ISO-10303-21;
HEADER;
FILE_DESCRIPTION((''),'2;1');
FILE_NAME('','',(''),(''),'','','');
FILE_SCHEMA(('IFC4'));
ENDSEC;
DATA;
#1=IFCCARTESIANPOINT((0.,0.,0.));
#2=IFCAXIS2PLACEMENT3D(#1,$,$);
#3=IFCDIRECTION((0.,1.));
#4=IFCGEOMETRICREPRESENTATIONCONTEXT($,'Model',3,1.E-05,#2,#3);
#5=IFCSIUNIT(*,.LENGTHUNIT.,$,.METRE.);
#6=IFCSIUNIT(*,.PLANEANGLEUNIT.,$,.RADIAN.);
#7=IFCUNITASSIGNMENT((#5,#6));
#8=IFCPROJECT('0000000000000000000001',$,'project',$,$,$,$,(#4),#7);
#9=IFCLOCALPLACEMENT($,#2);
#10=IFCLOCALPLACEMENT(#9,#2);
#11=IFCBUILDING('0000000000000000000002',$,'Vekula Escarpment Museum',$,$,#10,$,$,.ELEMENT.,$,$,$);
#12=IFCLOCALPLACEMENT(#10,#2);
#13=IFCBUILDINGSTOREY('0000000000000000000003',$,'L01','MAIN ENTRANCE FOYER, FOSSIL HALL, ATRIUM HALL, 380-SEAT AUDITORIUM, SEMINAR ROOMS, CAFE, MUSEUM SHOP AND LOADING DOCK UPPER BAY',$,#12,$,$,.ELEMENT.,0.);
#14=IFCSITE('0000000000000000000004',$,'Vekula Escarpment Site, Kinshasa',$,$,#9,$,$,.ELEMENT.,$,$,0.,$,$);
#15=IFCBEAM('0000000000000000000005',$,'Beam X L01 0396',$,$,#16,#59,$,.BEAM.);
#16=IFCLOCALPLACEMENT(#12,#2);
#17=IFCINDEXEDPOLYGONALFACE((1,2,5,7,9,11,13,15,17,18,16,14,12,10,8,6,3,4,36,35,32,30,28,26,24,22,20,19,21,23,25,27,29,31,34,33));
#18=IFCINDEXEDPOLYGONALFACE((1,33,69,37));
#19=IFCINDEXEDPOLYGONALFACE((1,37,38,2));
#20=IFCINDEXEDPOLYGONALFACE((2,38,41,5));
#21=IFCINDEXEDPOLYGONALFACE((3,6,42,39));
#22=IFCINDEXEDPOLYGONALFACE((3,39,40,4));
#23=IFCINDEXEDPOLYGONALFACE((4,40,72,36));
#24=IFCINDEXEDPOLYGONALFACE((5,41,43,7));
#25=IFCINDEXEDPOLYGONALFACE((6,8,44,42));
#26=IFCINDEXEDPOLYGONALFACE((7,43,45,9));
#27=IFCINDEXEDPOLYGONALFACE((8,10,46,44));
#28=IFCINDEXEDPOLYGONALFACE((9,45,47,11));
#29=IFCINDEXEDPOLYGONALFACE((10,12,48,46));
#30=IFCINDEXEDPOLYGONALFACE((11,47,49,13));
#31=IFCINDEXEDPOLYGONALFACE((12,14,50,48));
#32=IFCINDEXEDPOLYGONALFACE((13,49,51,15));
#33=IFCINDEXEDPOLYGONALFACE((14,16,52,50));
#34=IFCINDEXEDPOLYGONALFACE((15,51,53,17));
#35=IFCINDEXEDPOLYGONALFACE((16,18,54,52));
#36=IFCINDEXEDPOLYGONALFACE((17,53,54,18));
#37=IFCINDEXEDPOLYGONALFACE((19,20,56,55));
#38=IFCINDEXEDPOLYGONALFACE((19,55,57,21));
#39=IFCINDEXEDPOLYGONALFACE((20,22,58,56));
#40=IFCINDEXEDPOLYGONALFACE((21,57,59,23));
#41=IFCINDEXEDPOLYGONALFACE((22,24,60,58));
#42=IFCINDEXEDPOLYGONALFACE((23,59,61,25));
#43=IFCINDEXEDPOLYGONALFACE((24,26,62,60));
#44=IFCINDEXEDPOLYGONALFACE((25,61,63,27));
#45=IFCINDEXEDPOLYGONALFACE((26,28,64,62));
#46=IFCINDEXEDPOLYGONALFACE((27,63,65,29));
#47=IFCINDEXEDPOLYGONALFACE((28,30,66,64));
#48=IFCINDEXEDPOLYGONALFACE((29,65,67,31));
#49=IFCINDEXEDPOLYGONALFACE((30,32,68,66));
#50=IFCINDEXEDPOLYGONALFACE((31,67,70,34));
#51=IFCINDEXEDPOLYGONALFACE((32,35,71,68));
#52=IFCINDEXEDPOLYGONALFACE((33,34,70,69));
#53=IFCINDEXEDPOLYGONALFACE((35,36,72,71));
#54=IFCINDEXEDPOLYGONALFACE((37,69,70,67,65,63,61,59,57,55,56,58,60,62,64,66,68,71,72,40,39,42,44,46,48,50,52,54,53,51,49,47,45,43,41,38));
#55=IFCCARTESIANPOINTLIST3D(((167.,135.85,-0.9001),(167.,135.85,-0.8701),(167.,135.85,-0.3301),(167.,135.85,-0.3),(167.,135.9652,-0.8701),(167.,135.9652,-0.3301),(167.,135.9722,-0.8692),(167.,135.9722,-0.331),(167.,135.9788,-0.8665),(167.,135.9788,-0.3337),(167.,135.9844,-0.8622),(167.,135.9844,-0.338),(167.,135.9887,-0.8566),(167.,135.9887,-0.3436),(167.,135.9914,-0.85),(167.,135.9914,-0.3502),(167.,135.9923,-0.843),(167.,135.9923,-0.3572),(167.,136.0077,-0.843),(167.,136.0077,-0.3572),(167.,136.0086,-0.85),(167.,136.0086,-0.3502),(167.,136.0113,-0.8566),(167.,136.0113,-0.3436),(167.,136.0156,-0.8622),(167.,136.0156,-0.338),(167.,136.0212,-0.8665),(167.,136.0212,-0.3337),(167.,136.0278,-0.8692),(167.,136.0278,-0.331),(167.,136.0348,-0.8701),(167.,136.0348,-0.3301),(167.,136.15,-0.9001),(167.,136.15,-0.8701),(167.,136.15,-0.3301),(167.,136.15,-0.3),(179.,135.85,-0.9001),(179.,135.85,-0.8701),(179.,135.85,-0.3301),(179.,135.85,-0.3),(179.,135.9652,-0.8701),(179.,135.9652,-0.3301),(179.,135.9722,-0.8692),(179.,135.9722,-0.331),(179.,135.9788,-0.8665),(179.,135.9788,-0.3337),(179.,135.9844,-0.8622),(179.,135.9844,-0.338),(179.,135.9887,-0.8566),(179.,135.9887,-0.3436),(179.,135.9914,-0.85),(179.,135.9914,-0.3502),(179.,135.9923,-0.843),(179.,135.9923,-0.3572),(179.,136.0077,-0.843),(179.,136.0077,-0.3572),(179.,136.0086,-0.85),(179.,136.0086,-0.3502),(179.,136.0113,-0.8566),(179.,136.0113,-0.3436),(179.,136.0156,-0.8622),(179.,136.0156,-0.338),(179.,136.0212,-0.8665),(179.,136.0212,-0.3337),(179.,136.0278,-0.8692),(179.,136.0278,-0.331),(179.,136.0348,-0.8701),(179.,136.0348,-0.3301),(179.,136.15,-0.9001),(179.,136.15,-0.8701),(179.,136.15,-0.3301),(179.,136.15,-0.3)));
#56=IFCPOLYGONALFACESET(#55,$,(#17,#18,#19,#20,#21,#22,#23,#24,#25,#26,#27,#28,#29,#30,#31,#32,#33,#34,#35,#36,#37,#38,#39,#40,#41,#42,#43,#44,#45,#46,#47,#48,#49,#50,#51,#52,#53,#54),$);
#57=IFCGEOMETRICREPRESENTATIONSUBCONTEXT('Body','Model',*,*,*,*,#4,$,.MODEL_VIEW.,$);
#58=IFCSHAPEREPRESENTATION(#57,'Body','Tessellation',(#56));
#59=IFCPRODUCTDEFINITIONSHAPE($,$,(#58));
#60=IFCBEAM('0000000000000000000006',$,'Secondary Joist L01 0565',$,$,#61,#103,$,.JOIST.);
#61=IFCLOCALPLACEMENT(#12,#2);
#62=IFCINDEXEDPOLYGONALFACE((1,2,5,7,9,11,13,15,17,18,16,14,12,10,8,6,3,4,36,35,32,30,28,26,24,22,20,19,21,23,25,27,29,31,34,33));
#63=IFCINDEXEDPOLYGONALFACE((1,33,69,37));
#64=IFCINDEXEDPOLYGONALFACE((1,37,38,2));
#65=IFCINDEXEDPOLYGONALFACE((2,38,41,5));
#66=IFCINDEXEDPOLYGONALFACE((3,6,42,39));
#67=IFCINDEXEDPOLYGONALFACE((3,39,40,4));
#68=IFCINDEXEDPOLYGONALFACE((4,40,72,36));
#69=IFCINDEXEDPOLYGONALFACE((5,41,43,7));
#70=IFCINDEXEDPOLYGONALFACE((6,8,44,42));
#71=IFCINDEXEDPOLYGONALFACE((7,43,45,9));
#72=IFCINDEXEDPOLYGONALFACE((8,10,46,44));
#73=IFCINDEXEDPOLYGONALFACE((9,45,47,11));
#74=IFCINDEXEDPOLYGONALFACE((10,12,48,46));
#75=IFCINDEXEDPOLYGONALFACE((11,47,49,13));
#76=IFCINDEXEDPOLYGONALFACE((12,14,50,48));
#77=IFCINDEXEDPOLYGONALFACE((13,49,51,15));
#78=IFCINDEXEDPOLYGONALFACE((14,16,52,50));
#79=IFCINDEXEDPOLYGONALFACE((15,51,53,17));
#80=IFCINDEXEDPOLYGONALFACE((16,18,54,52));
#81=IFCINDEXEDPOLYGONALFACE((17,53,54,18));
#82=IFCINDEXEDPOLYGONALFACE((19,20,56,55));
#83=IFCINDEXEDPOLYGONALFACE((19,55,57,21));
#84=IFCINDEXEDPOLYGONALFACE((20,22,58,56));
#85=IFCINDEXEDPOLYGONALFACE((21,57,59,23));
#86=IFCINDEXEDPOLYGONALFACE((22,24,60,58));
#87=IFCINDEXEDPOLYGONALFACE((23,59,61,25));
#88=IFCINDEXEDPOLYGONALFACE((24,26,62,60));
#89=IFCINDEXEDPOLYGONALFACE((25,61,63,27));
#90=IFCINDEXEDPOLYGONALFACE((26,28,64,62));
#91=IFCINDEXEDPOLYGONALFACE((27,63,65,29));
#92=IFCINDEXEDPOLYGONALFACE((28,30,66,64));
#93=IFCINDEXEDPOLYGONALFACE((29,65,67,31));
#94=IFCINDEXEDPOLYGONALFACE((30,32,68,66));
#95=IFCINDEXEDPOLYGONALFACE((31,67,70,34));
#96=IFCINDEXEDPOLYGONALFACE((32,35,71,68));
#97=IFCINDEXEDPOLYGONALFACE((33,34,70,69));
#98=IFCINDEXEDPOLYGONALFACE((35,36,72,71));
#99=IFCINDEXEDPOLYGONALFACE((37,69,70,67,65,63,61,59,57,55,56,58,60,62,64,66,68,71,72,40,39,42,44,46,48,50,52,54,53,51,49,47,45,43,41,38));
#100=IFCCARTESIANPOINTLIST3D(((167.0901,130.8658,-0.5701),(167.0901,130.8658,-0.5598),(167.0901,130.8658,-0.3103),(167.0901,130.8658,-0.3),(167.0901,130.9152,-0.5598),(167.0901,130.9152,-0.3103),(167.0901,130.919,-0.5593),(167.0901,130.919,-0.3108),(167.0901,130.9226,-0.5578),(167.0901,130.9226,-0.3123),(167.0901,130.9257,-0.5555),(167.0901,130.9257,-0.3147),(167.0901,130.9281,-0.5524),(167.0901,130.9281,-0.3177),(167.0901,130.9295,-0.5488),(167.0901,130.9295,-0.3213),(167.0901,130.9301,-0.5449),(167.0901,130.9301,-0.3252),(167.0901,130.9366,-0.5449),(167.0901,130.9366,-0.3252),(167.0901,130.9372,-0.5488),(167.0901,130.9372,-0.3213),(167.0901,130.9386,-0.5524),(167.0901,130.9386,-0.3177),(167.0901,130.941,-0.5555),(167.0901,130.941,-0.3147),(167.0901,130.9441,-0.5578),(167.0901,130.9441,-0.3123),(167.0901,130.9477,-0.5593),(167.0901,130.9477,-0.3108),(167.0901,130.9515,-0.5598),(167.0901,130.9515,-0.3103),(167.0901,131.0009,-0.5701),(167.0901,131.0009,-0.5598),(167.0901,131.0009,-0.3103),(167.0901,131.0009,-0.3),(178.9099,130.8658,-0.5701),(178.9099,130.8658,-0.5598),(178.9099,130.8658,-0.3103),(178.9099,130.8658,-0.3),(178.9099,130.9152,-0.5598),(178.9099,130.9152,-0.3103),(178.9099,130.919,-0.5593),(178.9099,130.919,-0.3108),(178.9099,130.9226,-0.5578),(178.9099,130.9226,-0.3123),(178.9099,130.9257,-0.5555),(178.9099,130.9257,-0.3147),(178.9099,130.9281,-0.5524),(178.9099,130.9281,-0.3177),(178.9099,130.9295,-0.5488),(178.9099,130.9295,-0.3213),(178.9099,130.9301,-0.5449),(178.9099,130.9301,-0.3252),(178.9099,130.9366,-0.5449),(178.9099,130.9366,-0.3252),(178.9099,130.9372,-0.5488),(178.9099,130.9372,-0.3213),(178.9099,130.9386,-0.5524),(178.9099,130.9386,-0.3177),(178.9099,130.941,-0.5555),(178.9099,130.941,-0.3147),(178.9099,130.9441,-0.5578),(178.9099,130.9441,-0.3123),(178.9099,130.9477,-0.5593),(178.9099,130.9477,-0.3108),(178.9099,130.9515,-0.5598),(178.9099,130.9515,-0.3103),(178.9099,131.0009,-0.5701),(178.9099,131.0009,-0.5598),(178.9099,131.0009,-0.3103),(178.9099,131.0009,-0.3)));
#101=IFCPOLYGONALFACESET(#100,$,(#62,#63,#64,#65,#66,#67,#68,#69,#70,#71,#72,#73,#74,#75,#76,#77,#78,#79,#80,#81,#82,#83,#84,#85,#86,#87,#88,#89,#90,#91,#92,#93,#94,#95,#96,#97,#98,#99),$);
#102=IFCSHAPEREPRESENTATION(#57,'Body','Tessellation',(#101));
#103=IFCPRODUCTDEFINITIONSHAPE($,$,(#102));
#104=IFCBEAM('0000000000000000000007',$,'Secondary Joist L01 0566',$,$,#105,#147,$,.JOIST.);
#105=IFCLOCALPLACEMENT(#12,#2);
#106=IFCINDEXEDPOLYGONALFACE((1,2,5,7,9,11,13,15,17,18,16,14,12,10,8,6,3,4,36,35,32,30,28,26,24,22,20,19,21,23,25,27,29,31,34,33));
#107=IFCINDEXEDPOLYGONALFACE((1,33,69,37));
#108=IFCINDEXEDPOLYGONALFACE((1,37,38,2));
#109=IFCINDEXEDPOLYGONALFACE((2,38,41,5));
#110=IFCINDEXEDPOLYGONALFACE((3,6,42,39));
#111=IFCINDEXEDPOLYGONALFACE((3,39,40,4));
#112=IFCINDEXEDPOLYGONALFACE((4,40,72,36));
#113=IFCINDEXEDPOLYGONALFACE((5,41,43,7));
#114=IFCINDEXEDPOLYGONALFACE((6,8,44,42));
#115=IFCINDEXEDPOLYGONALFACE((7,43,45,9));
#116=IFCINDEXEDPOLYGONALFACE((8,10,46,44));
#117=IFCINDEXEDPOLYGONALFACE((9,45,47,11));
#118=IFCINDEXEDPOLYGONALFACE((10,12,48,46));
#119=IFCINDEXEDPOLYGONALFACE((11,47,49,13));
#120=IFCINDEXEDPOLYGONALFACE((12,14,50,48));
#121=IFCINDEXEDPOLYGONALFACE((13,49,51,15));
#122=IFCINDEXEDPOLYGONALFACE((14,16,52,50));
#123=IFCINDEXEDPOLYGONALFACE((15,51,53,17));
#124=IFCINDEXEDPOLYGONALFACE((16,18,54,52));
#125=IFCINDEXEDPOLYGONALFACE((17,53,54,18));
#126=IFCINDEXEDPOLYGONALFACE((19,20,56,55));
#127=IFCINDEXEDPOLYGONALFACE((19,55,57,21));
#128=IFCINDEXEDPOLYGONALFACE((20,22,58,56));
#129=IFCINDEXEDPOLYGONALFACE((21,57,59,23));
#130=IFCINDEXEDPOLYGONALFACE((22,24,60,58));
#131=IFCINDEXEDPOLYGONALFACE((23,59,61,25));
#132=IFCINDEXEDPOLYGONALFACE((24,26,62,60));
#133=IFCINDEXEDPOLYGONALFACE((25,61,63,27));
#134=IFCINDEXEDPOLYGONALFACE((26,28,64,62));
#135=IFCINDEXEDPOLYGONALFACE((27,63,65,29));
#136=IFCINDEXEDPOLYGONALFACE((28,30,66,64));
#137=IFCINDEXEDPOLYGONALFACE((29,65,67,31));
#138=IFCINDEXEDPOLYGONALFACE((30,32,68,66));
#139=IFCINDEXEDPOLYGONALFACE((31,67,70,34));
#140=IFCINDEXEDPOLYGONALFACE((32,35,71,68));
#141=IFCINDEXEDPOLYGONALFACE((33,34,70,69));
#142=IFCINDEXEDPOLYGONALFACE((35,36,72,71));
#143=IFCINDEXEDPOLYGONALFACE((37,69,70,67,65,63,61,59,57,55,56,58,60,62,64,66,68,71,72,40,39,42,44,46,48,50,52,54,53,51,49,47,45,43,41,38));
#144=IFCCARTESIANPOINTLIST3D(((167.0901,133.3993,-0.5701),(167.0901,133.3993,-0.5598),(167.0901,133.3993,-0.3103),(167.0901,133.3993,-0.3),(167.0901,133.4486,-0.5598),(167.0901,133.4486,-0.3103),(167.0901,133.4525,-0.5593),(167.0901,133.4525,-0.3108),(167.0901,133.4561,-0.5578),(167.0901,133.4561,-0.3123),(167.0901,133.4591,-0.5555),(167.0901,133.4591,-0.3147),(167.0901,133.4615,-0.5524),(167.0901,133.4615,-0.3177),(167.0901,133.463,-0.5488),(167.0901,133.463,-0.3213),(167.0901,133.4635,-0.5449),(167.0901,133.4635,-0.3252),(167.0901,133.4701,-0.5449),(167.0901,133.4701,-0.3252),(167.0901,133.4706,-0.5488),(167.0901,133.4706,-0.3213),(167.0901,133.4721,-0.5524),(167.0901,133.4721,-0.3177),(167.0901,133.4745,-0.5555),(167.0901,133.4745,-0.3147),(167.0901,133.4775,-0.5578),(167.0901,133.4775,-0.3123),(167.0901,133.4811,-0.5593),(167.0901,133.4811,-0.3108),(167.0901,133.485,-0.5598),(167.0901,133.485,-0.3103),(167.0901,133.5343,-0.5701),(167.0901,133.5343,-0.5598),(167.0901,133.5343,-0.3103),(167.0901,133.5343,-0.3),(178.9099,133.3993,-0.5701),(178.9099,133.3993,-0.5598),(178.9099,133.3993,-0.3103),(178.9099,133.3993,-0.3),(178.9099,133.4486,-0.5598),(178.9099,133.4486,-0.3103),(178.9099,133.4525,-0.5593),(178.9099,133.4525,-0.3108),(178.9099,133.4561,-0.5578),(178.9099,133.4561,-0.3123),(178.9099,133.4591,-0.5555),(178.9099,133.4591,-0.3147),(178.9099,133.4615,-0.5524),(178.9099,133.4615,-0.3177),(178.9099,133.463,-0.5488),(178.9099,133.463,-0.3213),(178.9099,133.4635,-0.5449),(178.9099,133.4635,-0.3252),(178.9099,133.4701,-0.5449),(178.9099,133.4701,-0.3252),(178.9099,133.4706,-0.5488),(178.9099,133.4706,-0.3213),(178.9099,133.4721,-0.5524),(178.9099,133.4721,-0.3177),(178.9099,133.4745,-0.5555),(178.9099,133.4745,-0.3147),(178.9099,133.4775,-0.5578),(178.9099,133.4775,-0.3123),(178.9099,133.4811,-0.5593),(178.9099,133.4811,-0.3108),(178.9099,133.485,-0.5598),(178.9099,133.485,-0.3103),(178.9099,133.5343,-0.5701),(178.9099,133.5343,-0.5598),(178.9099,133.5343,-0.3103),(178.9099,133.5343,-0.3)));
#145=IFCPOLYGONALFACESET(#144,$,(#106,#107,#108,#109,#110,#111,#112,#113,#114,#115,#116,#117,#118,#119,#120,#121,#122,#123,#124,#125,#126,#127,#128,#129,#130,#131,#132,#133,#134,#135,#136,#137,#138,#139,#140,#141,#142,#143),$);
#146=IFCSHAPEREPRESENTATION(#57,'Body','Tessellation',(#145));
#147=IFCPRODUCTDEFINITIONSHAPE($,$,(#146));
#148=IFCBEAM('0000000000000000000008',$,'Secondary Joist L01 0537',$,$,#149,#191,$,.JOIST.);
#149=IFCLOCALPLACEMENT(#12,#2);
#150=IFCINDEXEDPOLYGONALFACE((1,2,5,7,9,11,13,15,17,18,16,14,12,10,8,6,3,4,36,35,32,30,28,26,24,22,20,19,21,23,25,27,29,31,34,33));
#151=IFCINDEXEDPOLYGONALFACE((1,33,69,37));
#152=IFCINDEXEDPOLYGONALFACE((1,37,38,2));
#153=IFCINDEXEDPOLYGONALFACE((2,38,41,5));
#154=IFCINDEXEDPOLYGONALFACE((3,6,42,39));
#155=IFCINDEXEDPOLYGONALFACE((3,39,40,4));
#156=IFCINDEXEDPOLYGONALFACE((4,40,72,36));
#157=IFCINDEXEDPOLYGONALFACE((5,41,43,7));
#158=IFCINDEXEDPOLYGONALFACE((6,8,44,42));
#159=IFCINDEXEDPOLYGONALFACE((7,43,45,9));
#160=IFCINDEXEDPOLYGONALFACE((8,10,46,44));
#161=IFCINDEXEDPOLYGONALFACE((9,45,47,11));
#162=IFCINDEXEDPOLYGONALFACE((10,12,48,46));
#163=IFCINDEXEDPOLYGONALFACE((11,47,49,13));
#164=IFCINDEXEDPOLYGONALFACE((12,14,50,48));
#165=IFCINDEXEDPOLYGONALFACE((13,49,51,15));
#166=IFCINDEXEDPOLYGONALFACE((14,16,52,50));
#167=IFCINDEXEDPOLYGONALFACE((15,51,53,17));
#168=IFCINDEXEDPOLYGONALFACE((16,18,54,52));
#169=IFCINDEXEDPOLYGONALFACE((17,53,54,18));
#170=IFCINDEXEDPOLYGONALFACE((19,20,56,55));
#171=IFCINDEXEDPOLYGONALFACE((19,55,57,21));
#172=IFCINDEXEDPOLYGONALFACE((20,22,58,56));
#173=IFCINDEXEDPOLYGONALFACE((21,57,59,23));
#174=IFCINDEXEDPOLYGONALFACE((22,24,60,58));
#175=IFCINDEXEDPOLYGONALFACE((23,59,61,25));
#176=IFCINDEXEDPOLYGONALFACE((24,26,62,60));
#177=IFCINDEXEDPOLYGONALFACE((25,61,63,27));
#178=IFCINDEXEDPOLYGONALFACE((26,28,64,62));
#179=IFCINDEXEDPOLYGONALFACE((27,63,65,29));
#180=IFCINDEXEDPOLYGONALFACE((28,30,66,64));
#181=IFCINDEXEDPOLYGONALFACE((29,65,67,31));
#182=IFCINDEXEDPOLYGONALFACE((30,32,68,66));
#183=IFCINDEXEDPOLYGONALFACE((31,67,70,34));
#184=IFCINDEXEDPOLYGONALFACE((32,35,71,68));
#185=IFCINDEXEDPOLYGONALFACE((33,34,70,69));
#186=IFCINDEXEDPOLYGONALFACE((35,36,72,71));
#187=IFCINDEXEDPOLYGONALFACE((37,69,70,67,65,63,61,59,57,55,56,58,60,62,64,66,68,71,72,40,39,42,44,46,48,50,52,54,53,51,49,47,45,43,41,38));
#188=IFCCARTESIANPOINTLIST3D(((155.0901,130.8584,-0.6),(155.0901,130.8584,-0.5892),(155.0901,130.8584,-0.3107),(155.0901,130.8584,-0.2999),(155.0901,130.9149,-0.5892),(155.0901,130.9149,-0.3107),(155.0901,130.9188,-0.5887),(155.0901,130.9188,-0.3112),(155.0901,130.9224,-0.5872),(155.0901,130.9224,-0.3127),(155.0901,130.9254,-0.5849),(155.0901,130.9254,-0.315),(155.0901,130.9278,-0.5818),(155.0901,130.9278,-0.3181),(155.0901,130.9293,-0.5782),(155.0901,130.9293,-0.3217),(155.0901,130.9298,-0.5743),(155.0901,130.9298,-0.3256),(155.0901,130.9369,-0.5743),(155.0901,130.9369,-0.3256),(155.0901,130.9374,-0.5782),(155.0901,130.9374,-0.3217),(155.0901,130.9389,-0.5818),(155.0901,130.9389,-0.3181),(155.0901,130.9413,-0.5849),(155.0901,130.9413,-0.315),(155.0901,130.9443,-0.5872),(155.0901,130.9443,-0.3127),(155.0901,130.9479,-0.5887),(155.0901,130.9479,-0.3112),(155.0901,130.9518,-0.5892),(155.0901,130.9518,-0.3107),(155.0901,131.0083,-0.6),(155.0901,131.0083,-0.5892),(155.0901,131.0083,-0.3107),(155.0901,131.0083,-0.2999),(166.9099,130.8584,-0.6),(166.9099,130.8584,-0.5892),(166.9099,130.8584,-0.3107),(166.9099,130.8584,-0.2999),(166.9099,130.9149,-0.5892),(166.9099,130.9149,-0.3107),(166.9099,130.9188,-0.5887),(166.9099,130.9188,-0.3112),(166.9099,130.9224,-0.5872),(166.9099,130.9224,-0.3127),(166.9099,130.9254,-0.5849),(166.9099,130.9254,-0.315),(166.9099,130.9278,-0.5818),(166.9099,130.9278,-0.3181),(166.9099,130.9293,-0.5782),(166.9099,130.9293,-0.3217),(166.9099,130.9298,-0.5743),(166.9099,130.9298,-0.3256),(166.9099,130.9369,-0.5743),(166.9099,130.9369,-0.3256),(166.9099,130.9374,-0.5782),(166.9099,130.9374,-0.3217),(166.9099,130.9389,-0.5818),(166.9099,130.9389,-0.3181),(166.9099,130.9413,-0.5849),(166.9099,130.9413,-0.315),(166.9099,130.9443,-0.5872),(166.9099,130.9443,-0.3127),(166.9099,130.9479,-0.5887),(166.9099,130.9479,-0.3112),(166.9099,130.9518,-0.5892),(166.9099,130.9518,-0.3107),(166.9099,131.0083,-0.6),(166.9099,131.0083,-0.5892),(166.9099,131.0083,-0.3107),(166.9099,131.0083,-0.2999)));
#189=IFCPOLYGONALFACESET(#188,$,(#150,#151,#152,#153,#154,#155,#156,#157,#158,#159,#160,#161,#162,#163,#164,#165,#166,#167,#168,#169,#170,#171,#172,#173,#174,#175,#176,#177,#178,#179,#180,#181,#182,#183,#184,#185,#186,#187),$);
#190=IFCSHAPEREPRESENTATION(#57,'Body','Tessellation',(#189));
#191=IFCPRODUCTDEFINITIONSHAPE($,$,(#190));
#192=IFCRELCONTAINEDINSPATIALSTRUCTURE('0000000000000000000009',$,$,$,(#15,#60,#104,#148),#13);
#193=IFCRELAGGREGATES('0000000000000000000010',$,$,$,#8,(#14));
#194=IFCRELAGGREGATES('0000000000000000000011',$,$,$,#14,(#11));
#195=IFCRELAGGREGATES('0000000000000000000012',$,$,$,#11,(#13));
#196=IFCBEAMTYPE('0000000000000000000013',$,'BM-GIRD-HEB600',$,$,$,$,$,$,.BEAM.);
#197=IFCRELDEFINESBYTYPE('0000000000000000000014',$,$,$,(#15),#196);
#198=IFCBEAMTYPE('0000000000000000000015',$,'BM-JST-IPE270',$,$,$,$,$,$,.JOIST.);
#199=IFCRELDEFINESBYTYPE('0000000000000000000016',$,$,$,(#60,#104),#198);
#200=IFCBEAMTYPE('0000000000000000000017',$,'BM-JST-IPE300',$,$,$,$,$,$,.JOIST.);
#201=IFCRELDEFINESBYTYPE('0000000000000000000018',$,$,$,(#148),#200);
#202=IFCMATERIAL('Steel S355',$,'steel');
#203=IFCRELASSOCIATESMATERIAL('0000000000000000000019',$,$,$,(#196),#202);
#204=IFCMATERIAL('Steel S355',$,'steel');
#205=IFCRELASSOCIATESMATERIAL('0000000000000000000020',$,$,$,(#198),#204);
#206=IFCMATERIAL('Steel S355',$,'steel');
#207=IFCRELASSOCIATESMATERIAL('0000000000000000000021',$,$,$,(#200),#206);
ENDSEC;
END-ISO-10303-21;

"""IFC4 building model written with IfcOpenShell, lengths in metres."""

from ifc_helpers import new_model, si_unit, direction, frame, origin, origin_2d, place, context, subcontext, project, spatial, i_section, extrude, material, material_profile, profile_set, type_object, element, save


model = new_model("IFC4")

# Units and contexts
model_context = context("Model", 3, precision=1e-05, world=origin(), true_north=direction((0.0, 1.0)))
body_context = subcontext(model_context, "Body", "Model", "MODEL_VIEW")
ifc_project = project(units=[si_unit("LENGTHUNIT", "METRE"), si_unit("PLANEANGLEUNIT", "RADIAN")], contexts=[model_context])

# Site, building, storey
site_placement = place(None, origin())
site = spatial("IfcSite", under=ifc_project, at=site_placement, Name="Vekula Escarpment Site, Kinshasa", CompositionType="ELEMENT", RefElevation=0.0)
building_placement = place(site_placement, origin())
building = spatial("IfcBuilding", under=site, at=building_placement, Name="Vekula Escarpment Museum", CompositionType="ELEMENT")
storey_placement = place(building_placement, origin())
storey = spatial("IfcBuildingStorey", under=building, at=storey_placement, Name="L01", Description="MAIN ENTRANCE FOYER, FOSSIL HALL, ATRIUM HALL, 380-SEAT AUDITORIUM, SEMINAR ROOMS, CAFE, MUSEUM SHOP AND LOADING DOCK UPPER BAY", CompositionType="ELEMENT", Elevation=0.0)

# Beams
ifc_material_1 = material(Name="Steel S355", Category="steel")
ifc_material_profile_1 = material_profile(ifc_material_1, i_section(OverallWidth=0.3, OverallDepth=0.6001, WebThickness=0.0154, FlangeThickness=0.03, FilletRadius=0.0271, at=origin_2d()), Name="HEB 600")
ifc_profile_set_1 = profile_set([ifc_material_profile_1], Name="Steel S355")
beam_type_1 = type_object("IfcBeamType", Name="BM-GIRD-HEB600", PredefinedType="BEAM", material=ifc_profile_set_1)
for number, where, z_axis, x_axis, name in (
    (1, (167.0, 136.0, -0.6001), (1.0, 0.0, 0.0), (0.0, 1.0, 0.0), "Beam X L01 0396"),
):
    element("IfcBeam", number, at=place(storey_placement, frame(where, z_axis=z_axis, x_axis=x_axis)), inside=storey, type_object=beam_type_1, Name=name, PredefinedType="BEAM", context=body_context, shape_type="SweptSolid", body=[
        extrude(i_section(OverallWidth=0.3, OverallDepth=0.6001, WebThickness=0.0154, FlangeThickness=0.03, FilletRadius=0.0271, at=origin_2d()), origin(), (0.0, 0.0, 1.0), 12.0),
    ])
ifc_material_2 = material(Name="Steel S355", Category="steel")
ifc_material_profile_2 = material_profile(ifc_material_2, i_section(OverallWidth=0.135, OverallDepth=0.27, WebThickness=0.0066, FlangeThickness=0.0103, FilletRadius=0.0149, at=origin_2d()), Name="IPE 270")
ifc_profile_set_2 = profile_set([ifc_material_profile_2], Name="Steel S355")
beam_type_2 = type_object("IfcBeamType", Name="BM-JST-IPE270", PredefinedType="JOIST", material=ifc_profile_set_2)
for number, where, z_axis, x_axis, name in (
    (2, (167.0901, 130.9333, -0.4351), (1.0, 0.0, 0.0), (0.0, 1.0, 0.0), "Secondary Joist L01 0565"),
    (3, (167.0901, 133.4668, -0.4351), (1.0, 0.0, 0.0), (0.0, 1.0, 0.0), "Secondary Joist L01 0566"),
):
    element("IfcBeam", number, at=place(storey_placement, frame(where, z_axis=z_axis, x_axis=x_axis)), inside=storey, type_object=beam_type_2, Name=name, PredefinedType="JOIST", context=body_context, shape_type="SweptSolid", body=[
        extrude(i_section(OverallWidth=0.135, OverallDepth=0.27, WebThickness=0.0066, FlangeThickness=0.0103, FilletRadius=0.0149, at=origin_2d()), origin(), (0.0, 0.0, 1.0), 11.8198),
    ])
ifc_material_3 = material(Name="Steel S355", Category="steel")
ifc_material_profile_3 = material_profile(ifc_material_3, i_section(OverallWidth=0.1499, OverallDepth=0.3, WebThickness=0.0071, FlangeThickness=0.0107, FilletRadius=0.0149, at=origin_2d()), Name="IPE 300")
ifc_profile_set_3 = profile_set([ifc_material_profile_3], Name="Steel S355")
beam_type_3 = type_object("IfcBeamType", Name="BM-JST-IPE300", PredefinedType="JOIST", material=ifc_profile_set_3)
for number, where, z_axis, x_axis, name in (
    (4, (155.0901, 130.9333, -0.45), (1.0, 0.0, 0.0), (0.0, 1.0, 0.0), "Secondary Joist L01 0537"),
):
    element("IfcBeam", number, at=place(storey_placement, frame(where, z_axis=z_axis, x_axis=x_axis)), inside=storey, type_object=beam_type_3, Name=name, PredefinedType="JOIST", context=body_context, shape_type="SweptSolid", body=[
        extrude(i_section(OverallWidth=0.1499, OverallDepth=0.3, WebThickness=0.0071, FlangeThickness=0.0107, FilletRadius=0.0149, at=origin_2d()), origin(), (0.0, 0.0, 1.0), 11.8198),
    ])

save(model, "model.ifc")
